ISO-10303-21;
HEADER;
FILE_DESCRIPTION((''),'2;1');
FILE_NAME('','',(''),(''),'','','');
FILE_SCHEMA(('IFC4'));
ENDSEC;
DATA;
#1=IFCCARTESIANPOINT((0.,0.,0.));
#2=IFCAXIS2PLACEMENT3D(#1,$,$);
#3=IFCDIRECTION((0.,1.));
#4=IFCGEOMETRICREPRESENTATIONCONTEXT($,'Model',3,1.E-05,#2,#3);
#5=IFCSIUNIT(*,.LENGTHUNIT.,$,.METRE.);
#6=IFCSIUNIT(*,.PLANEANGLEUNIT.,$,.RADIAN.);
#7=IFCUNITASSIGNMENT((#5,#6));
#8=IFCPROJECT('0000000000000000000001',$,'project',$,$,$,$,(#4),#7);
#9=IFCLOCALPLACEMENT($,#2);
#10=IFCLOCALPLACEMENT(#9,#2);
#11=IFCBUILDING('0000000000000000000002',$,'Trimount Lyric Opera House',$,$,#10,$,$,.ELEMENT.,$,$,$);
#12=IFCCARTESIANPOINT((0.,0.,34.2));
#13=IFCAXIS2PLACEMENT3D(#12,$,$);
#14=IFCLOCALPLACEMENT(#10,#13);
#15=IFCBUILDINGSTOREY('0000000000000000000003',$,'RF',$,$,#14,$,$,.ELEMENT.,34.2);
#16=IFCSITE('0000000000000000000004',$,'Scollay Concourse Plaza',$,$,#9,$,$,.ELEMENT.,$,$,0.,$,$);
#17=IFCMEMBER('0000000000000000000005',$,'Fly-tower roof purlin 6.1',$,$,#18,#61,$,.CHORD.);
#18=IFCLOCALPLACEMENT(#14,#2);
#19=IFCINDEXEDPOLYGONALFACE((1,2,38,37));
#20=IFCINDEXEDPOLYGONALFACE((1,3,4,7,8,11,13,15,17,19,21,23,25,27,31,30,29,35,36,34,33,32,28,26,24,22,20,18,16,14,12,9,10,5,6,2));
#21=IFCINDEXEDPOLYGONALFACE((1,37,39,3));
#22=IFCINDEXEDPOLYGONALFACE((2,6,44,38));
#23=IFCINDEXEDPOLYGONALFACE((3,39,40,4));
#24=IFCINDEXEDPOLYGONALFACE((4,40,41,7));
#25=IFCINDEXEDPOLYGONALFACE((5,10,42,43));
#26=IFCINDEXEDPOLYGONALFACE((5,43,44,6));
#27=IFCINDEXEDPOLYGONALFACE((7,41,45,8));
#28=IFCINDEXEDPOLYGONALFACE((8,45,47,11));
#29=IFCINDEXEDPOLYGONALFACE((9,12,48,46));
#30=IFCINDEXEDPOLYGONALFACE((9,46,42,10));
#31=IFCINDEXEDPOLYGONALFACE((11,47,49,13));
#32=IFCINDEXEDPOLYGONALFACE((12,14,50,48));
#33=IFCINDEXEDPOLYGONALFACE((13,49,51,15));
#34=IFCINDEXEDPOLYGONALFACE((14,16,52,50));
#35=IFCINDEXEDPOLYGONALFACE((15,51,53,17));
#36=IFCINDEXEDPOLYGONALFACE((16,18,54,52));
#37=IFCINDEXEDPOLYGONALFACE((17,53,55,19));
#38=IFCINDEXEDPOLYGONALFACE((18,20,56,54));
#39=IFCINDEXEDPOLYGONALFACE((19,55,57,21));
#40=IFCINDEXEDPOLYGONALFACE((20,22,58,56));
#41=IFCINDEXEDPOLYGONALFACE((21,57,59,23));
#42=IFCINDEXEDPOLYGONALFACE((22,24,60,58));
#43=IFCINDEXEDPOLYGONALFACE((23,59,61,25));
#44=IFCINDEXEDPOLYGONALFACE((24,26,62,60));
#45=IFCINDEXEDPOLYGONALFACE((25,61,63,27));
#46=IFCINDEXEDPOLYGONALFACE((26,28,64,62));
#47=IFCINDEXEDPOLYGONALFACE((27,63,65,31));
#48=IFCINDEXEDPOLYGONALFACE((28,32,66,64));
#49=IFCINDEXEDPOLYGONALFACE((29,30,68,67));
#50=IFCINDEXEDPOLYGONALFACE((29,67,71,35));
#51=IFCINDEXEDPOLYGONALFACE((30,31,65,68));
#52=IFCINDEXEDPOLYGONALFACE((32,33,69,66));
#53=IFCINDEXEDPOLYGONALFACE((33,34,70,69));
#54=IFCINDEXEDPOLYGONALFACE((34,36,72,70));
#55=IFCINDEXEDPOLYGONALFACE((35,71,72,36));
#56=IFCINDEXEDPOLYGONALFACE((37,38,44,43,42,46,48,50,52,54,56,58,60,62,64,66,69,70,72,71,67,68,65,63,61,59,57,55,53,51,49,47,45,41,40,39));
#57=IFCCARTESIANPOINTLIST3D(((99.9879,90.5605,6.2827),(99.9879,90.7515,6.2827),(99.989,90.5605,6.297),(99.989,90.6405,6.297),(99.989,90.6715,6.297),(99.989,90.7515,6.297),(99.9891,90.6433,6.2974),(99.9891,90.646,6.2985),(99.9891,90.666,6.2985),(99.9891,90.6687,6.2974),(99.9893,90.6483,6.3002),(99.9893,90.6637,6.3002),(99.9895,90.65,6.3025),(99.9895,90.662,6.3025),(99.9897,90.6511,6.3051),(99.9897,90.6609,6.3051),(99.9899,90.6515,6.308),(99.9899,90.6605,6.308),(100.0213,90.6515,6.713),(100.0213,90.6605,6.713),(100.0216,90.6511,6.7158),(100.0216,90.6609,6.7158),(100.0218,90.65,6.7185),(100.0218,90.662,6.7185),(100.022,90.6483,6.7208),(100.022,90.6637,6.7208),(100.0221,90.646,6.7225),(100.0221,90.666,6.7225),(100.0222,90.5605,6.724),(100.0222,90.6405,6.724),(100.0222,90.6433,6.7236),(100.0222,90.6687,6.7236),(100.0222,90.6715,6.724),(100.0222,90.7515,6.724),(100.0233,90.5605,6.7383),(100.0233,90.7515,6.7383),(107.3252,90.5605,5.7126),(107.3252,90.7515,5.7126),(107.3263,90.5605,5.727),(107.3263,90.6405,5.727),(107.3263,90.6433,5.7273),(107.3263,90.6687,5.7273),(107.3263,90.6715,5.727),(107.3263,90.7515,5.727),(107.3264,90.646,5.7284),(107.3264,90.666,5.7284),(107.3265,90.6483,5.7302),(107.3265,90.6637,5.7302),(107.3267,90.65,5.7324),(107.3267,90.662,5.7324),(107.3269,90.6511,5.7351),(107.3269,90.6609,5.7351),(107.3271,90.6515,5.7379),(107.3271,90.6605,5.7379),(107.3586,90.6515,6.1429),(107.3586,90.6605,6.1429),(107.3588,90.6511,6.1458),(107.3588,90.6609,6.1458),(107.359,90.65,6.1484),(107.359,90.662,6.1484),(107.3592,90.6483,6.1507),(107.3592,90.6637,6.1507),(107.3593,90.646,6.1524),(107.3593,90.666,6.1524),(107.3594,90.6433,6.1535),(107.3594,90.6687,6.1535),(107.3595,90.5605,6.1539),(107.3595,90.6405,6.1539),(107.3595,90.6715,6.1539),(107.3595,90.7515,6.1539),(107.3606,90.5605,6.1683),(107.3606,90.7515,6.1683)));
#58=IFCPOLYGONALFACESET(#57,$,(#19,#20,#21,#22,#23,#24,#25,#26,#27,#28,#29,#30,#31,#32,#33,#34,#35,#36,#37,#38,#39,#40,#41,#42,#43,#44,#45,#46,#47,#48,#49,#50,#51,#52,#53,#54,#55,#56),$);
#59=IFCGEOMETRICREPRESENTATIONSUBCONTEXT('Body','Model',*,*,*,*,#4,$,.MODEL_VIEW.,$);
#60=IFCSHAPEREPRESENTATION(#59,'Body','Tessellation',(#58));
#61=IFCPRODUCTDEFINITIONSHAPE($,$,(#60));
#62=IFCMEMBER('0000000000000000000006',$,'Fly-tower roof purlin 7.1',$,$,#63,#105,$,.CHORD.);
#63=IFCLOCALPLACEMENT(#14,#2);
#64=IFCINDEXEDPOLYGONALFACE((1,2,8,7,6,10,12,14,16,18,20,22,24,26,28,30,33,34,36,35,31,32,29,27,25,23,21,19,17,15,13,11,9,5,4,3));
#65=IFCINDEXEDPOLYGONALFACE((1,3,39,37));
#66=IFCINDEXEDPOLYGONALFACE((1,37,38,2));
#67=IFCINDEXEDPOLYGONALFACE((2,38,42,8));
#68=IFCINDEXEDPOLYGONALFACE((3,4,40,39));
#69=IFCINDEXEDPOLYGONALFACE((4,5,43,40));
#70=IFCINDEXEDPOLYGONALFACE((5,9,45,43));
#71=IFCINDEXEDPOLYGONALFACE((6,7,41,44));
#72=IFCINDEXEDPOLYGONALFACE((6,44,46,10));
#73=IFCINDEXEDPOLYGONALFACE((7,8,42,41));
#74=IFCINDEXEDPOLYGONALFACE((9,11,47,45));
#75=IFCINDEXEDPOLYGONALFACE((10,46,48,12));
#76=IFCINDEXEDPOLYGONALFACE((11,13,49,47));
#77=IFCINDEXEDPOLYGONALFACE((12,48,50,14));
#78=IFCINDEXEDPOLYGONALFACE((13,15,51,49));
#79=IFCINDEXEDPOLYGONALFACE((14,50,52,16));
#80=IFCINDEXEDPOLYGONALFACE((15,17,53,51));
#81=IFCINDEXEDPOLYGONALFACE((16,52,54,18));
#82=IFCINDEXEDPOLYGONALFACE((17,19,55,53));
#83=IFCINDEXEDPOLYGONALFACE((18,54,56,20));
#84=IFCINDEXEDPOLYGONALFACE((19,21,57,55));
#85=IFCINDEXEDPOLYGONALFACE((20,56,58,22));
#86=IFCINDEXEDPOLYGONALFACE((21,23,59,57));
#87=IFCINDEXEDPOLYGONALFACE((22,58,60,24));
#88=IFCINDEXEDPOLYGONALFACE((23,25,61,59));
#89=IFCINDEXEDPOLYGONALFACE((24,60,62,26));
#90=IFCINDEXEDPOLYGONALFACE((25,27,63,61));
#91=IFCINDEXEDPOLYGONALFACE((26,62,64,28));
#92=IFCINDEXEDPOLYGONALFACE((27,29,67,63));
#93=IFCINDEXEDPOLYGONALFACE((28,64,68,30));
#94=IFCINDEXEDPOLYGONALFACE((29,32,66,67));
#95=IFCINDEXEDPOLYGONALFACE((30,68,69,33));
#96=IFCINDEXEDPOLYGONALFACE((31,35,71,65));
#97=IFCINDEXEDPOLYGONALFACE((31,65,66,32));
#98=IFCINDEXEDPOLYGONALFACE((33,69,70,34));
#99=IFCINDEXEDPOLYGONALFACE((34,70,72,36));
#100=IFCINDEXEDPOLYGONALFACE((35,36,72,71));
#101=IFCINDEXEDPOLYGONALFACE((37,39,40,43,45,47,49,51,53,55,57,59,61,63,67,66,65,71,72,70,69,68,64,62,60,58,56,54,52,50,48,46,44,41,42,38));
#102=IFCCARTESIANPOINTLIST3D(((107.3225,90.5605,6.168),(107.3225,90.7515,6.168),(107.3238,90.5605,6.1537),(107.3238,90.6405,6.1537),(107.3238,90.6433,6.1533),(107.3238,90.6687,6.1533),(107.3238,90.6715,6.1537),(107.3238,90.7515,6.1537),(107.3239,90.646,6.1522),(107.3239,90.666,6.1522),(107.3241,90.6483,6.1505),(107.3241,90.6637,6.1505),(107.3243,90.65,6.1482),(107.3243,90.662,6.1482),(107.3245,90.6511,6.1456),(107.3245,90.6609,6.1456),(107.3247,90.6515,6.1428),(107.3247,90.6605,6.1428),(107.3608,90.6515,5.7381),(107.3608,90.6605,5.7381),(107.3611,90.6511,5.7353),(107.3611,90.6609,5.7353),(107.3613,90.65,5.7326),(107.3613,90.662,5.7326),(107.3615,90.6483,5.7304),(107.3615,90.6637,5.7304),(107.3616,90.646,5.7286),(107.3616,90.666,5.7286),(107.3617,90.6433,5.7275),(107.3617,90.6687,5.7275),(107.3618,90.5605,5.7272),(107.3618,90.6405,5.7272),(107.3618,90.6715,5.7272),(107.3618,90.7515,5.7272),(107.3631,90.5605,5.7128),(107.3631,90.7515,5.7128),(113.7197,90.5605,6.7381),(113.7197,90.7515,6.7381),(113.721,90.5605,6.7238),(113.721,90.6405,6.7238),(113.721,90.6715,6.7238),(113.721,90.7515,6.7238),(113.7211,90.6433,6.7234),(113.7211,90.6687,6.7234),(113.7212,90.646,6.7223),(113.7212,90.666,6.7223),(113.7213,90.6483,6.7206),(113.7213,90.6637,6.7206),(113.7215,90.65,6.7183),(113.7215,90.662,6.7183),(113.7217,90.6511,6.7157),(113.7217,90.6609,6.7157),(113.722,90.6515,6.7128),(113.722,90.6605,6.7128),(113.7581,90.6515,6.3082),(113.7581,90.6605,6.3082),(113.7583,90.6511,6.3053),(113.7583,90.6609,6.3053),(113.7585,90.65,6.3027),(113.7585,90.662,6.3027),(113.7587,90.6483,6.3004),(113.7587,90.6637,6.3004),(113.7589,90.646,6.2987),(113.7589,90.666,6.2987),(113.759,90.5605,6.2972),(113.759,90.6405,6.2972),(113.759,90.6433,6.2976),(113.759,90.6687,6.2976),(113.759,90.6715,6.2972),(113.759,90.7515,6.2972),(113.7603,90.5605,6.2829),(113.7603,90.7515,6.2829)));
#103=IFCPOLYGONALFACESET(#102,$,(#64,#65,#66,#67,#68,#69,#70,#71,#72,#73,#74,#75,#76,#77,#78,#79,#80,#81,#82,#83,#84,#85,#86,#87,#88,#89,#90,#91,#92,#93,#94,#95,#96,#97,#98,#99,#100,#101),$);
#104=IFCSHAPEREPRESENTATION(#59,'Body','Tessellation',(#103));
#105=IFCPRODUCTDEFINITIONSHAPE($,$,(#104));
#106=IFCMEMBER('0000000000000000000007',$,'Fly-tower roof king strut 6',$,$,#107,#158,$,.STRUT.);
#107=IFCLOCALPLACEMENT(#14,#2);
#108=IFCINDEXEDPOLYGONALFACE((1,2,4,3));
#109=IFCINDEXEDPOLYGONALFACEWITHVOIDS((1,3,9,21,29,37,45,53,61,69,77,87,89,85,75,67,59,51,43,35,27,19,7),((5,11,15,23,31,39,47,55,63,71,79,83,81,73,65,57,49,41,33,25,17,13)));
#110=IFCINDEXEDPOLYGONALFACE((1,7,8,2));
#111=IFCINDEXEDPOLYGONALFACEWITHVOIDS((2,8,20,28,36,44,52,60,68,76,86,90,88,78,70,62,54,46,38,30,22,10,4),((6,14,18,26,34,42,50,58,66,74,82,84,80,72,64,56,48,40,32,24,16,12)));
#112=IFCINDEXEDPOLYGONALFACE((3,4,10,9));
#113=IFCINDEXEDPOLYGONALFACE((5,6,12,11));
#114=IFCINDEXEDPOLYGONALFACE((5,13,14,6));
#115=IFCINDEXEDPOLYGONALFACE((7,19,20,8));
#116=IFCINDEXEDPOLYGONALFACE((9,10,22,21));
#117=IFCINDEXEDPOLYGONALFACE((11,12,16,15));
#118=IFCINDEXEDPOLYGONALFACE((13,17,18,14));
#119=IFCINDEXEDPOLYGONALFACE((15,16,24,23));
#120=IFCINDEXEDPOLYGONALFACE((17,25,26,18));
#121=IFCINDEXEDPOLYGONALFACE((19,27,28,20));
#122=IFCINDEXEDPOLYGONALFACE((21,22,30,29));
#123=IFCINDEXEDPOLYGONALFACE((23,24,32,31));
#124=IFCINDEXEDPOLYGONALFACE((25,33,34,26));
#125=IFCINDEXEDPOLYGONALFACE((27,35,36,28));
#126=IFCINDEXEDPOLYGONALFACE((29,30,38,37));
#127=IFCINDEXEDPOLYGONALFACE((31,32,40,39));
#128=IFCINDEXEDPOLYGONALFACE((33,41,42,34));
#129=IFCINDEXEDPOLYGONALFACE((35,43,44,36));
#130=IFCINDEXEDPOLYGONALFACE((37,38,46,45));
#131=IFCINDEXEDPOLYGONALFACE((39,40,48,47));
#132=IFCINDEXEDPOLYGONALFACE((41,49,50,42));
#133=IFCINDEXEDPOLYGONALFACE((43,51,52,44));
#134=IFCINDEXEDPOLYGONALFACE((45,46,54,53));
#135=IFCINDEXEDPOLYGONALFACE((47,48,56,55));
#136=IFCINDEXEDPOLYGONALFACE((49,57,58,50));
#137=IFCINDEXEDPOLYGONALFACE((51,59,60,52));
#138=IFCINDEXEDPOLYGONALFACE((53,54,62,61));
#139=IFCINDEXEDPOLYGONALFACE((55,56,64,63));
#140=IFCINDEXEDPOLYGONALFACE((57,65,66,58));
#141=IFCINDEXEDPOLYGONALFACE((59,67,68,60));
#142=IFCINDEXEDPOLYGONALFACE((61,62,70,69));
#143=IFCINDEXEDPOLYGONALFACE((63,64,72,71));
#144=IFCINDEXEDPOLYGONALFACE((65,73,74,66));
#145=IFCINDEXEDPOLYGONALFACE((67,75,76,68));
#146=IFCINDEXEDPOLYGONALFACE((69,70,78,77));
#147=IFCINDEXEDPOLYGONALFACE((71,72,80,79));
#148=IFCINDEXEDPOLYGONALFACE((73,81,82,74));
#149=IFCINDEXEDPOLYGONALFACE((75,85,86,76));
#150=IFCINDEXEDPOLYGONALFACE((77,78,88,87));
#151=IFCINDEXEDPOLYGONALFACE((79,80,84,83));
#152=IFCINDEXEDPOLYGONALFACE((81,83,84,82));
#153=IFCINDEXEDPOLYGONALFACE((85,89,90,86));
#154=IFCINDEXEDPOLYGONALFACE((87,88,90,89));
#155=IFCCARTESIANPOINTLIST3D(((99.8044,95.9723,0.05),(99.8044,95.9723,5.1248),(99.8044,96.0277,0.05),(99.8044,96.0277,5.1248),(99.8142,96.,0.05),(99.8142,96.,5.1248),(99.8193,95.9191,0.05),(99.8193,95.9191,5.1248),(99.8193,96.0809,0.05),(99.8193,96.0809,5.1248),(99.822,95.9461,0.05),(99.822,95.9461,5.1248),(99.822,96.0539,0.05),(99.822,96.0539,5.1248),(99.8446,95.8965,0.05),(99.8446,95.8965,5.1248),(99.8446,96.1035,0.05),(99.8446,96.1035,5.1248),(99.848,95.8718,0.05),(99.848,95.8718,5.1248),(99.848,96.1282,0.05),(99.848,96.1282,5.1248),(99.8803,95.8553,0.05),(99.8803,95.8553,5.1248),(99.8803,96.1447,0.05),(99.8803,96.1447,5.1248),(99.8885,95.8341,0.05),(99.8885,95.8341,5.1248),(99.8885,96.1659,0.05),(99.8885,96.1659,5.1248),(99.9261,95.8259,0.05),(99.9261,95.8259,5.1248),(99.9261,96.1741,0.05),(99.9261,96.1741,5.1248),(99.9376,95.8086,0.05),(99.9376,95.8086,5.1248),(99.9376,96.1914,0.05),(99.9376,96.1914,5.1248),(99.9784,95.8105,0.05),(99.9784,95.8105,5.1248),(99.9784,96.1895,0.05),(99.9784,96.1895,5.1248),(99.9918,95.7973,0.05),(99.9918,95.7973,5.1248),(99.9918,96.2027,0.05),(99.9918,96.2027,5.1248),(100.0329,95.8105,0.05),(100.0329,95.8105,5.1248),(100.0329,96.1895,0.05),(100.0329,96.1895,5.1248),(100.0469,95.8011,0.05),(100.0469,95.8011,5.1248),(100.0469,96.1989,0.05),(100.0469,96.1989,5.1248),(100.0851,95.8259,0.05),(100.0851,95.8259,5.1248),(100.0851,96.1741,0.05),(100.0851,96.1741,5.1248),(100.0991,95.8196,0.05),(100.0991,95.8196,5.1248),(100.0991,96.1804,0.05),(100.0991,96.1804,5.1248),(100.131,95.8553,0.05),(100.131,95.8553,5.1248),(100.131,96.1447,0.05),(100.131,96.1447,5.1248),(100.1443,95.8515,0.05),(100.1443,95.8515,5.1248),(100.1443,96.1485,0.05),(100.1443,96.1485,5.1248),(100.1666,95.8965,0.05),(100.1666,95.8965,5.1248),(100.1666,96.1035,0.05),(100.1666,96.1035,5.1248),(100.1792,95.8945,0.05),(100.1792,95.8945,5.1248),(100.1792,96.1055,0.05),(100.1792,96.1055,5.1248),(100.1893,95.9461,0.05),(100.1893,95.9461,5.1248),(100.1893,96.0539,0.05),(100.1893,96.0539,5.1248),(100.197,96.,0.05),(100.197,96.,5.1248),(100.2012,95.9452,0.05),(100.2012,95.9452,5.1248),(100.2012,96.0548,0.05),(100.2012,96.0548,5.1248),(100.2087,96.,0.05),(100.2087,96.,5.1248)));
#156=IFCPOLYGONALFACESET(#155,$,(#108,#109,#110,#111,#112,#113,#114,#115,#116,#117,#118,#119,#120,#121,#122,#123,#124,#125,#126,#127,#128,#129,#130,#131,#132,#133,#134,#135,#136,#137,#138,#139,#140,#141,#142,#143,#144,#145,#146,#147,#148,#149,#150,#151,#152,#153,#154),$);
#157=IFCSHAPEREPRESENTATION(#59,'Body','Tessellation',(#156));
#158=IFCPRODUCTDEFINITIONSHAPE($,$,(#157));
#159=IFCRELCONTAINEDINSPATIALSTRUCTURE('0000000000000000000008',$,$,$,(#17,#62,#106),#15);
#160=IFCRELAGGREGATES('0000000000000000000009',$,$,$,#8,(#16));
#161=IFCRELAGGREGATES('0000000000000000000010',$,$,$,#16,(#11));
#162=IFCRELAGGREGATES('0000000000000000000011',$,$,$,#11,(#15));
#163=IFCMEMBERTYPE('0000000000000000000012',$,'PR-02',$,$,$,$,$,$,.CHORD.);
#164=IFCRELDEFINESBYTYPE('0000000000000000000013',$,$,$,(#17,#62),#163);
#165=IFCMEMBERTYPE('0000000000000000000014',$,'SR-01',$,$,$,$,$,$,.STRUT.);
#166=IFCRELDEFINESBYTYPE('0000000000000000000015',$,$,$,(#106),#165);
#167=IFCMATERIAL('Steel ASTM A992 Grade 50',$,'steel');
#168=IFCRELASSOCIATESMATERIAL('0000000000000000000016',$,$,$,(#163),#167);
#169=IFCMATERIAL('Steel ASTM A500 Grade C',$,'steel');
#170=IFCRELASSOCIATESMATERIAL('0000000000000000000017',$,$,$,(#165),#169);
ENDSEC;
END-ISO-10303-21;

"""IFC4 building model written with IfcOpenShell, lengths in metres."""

from ifc_helpers import new_model, si_unit, direction, frame, origin, origin_2d, place, context, subcontext, project, spatial, hollow_circle, i_section, extrude, material, material_profile, profile_set, type_object, element, save


model = new_model("IFC4")

# Units and contexts
model_context = context("Model", 3, precision=1e-05, world=origin(), true_north=direction((0.0, 1.0)))
body_context = subcontext(model_context, "Body", "Model", "MODEL_VIEW")
ifc_project = project(units=[si_unit("LENGTHUNIT", "METRE"), si_unit("PLANEANGLEUNIT", "RADIAN")], contexts=[model_context])

# Site, building, storey
site_placement = place(None, origin())
site = spatial("IfcSite", under=ifc_project, at=site_placement, Name="Scollay Concourse Plaza", CompositionType="ELEMENT", RefElevation=0.0)
building_placement = place(site_placement, origin())
building = spatial("IfcBuilding", under=site, at=building_placement, Name="Trimount Lyric Opera House", CompositionType="ELEMENT")
storey_placement = place(building_placement, frame((0.0, 0.0, 34.2)))
storey = spatial("IfcBuildingStorey", under=building, at=storey_placement, Name="RF", CompositionType="ELEMENT", Elevation=34.2)

# Members
ifc_material_1 = material(Name="Steel ASTM A992 Grade 50", Category="steel")
ifc_material_profile_1 = material_profile(ifc_material_1, i_section(OverallWidth=0.1909, OverallDepth=0.457, WebThickness=0.009, FlangeThickness=0.0144, FilletRadius=0.011, at=origin_2d()), Name="W18X50")
ifc_profile_set_1 = profile_set([ifc_material_profile_1], Name="Steel ASTM A992 Grade 50")
member_type_1 = type_object("IfcMemberType", Name="PR-02", PredefinedType="CHORD", material=ifc_profile_set_1)
for number, where, z_axis, x_axis, name in (
    (1, (100.0056, 90.656, 6.5105), (0.996995, 0.0, -0.077463), (0.0, 1.0, 0.0), "Fly-tower roof purlin 6.1"),
):
    element("IfcMember", number, at=place(storey_placement, frame(where, z_axis=z_axis, x_axis=x_axis)), inside=storey, type_object=member_type_1, Name=name, PredefinedType="CHORD", context=body_context, shape_type="SweptSolid", body=[
        extrude(i_section(OverallWidth=0.1909, OverallDepth=0.457, WebThickness=0.009, FlangeThickness=0.0144, FilletRadius=0.011, at=origin_2d()), origin(), (0.0, 0.0, 1.0), 7.3594),
    ])
member_1_placement = place(storey_placement, frame((107.3428, 90.656, 5.9404), z_axis=(0.996053, 0.0, 0.08876), x_axis=(0.0, 1.0, 0.0)))
element("IfcMember", 2, at=member_1_placement, inside=storey, type_object=member_type_1, Name="Fly-tower roof purlin 7.1", PredefinedType="CHORD", context=body_context, shape_type="SweptSolid", body=[
    extrude(i_section(OverallWidth=0.1909, OverallDepth=0.457, WebThickness=0.009, FlangeThickness=0.0144, FilletRadius=0.011, at=origin_2d()), origin(), (0.0, 0.0, 1.0), 6.4226),
])
ifc_material_2 = material(Name="Steel ASTM A500 Grade C", Category="steel")
ifc_material_profile_2 = material_profile(ifc_material_2, hollow_circle(Radius=0.2031, WallThickness=0.0117, at=origin_2d()), Name="HSS406.4X12.7")
ifc_profile_set_2 = profile_set([ifc_material_profile_2], Name="Steel ASTM A500 Grade C")
member_type_2 = type_object("IfcMemberType", Name="SR-01", PredefinedType="STRUT", material=ifc_profile_set_2)
member_2_placement = place(storey_placement, frame((100.0056, 96.0, 0.05), z_axis=(0.0, 0.0, 1.0), x_axis=(1.0, 0.0, 0.0)))
element("IfcMember", 3, at=member_2_placement, inside=storey, type_object=member_type_2, Name="Fly-tower roof king strut 6", PredefinedType="STRUT", context=body_context, shape_type="SweptSolid", body=[
    extrude(hollow_circle(Radius=0.2031, WallThickness=0.0117, at=origin_2d()), origin(), (0.0, 0.0, 1.0), 5.0747),
])

save(model, "model.ifc")
